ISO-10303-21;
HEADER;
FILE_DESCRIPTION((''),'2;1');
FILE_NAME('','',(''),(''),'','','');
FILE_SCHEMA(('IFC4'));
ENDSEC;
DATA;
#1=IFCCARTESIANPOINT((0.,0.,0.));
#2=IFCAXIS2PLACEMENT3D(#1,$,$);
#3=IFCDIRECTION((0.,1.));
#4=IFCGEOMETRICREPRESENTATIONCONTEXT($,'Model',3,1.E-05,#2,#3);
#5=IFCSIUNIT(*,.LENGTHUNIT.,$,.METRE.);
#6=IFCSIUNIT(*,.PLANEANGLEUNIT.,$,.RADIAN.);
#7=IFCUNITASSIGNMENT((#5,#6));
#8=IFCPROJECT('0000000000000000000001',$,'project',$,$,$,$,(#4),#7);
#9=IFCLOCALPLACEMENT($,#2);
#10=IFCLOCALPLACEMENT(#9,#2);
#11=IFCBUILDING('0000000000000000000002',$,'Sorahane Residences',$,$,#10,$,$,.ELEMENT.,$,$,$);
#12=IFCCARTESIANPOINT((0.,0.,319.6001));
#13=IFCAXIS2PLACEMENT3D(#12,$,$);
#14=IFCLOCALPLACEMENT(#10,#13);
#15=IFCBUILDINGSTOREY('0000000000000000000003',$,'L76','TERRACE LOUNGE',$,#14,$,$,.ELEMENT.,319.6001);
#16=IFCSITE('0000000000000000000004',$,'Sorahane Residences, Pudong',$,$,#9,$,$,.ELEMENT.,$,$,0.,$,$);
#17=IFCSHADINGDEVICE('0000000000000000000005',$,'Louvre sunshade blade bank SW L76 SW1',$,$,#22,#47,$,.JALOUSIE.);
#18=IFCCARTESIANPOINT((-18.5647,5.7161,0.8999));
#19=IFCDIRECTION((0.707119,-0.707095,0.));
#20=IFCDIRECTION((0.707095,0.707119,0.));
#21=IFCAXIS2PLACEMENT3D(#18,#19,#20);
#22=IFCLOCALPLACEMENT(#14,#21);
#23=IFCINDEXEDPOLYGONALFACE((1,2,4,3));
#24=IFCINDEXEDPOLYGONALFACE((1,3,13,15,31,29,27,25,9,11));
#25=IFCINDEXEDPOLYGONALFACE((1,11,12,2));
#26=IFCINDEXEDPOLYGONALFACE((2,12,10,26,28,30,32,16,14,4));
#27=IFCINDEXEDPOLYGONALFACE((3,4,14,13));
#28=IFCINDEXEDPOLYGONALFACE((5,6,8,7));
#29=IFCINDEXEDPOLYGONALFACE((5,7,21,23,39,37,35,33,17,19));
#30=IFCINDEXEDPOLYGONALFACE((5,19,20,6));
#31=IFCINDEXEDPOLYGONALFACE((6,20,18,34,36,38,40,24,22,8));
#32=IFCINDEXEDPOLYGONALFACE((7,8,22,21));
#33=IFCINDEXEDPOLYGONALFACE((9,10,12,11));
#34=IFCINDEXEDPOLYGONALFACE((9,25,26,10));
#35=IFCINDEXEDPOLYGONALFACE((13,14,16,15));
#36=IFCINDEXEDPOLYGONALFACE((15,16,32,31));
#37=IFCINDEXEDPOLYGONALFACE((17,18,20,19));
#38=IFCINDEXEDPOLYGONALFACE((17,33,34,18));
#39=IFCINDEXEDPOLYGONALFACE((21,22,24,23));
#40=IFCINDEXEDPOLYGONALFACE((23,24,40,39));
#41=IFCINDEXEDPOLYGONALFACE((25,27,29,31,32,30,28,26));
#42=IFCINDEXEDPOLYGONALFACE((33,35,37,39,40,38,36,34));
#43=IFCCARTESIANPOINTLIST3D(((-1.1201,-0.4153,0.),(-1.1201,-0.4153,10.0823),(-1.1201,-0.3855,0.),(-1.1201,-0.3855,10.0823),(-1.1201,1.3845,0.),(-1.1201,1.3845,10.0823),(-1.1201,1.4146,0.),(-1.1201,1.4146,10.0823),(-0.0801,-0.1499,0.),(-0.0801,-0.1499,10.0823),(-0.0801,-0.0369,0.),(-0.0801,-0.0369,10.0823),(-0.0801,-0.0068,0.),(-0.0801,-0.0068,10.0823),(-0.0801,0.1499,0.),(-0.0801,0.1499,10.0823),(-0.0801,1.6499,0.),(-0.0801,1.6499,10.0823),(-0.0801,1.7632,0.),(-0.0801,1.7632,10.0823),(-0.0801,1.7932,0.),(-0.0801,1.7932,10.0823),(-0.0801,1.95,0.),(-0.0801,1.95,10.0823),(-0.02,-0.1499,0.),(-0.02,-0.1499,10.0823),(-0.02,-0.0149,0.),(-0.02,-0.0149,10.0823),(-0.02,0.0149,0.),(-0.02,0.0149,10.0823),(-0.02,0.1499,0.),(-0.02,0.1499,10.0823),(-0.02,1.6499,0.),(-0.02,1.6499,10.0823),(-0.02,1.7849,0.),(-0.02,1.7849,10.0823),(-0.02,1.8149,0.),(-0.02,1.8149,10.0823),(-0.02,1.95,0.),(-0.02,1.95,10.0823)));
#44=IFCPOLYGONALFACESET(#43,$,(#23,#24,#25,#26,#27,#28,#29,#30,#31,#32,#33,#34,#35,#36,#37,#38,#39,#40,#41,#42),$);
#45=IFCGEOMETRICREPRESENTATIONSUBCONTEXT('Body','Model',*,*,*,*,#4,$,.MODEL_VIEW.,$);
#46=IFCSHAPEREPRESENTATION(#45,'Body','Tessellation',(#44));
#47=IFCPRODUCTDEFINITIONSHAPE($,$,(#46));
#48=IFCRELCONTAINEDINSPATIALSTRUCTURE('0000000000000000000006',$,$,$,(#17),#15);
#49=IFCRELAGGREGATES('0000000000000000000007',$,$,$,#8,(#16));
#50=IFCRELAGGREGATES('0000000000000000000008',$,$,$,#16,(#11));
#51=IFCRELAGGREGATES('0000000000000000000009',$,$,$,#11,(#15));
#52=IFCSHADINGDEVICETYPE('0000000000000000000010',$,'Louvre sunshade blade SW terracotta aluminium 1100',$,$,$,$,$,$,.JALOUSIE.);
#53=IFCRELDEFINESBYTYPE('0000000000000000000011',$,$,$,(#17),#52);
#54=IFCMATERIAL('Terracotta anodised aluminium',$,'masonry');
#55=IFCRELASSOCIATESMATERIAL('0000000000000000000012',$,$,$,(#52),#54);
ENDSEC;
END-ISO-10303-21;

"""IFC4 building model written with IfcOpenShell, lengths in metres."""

from ifc_helpers import new_model, si_unit, direction, frame, origin, place, context, subcontext, project, spatial, polyline, outline, composite_profile, extrude, material, type_object, element, save


model = new_model("IFC4")

# Units and contexts
model_context = context("Model", 3, precision=1e-05, world=origin(), true_north=direction((0.0, 1.0)))
body_context = subcontext(model_context, "Body", "Model", "MODEL_VIEW")
ifc_project = project(units=[si_unit("LENGTHUNIT", "METRE"), si_unit("PLANEANGLEUNIT", "RADIAN")], contexts=[model_context])

# Site, building, storey
site_placement = place(None, origin())
site = spatial("IfcSite", under=ifc_project, at=site_placement, Name="Sorahane Residences, Pudong", CompositionType="ELEMENT", RefElevation=0.0)
building_placement = place(site_placement, origin())
building = spatial("IfcBuilding", under=site, at=building_placement, Name="Sorahane Residences", CompositionType="ELEMENT")
storey_placement = place(building_placement, frame((0.0, 0.0, 319.6001)))
storey = spatial("IfcBuildingStorey", under=building, at=storey_placement, Name="L76", Description="TERRACE LOUNGE", CompositionType="ELEMENT", Elevation=319.6001)

# Shading device
ifc_material_1 = material(Name="Terracotta anodised aluminium", Category="masonry")
shading_device_type = type_object("IfcShadingDeviceType", Name="Louvre sunshade blade SW terracotta aluminium 1100", PredefinedType="JALOUSIE", material=ifc_material_1)
shading_device_placement = place(storey_placement, frame((-18.5647, 5.7161, 0.8999), z_axis=(0.707119, -0.707095, 0.0), x_axis=(0.707095, 0.707119, 0.0)))
element("IfcShadingDevice", 1, at=shading_device_placement, inside=storey, type_object=shading_device_type, Name="Louvre sunshade blade bank SW L76 SW1", PredefinedType="JALOUSIE", context=body_context, shape_type="SweptSolid", body=[
    extrude(composite_profile([outline(polyline([(-1.1201, -0.3855), (-1.1201, -0.4153), (-0.0801, -0.0369), (-0.0801, -0.1499), (-0.02, -0.1499), (-0.02, -0.0149), (-0.02, 0.0149), (-0.02, 0.1499), (-0.0801, 0.1499), (-0.0801, -0.0068), (-1.1201, -0.3855)])), outline(polyline([(-1.1201, 1.4146), (-1.1201, 1.3845), (-0.0801, 1.7632), (-0.0801, 1.6499), (-0.02, 1.6499), (-0.02, 1.7849), (-0.02, 1.8149), (-0.02, 1.95), (-0.0801, 1.95), (-0.0801, 1.7932), (-1.1201, 1.4146)]))]), origin(), (0.0, 0.0, 1.0), 10.0823),
])

save(model, "model.ifc")
